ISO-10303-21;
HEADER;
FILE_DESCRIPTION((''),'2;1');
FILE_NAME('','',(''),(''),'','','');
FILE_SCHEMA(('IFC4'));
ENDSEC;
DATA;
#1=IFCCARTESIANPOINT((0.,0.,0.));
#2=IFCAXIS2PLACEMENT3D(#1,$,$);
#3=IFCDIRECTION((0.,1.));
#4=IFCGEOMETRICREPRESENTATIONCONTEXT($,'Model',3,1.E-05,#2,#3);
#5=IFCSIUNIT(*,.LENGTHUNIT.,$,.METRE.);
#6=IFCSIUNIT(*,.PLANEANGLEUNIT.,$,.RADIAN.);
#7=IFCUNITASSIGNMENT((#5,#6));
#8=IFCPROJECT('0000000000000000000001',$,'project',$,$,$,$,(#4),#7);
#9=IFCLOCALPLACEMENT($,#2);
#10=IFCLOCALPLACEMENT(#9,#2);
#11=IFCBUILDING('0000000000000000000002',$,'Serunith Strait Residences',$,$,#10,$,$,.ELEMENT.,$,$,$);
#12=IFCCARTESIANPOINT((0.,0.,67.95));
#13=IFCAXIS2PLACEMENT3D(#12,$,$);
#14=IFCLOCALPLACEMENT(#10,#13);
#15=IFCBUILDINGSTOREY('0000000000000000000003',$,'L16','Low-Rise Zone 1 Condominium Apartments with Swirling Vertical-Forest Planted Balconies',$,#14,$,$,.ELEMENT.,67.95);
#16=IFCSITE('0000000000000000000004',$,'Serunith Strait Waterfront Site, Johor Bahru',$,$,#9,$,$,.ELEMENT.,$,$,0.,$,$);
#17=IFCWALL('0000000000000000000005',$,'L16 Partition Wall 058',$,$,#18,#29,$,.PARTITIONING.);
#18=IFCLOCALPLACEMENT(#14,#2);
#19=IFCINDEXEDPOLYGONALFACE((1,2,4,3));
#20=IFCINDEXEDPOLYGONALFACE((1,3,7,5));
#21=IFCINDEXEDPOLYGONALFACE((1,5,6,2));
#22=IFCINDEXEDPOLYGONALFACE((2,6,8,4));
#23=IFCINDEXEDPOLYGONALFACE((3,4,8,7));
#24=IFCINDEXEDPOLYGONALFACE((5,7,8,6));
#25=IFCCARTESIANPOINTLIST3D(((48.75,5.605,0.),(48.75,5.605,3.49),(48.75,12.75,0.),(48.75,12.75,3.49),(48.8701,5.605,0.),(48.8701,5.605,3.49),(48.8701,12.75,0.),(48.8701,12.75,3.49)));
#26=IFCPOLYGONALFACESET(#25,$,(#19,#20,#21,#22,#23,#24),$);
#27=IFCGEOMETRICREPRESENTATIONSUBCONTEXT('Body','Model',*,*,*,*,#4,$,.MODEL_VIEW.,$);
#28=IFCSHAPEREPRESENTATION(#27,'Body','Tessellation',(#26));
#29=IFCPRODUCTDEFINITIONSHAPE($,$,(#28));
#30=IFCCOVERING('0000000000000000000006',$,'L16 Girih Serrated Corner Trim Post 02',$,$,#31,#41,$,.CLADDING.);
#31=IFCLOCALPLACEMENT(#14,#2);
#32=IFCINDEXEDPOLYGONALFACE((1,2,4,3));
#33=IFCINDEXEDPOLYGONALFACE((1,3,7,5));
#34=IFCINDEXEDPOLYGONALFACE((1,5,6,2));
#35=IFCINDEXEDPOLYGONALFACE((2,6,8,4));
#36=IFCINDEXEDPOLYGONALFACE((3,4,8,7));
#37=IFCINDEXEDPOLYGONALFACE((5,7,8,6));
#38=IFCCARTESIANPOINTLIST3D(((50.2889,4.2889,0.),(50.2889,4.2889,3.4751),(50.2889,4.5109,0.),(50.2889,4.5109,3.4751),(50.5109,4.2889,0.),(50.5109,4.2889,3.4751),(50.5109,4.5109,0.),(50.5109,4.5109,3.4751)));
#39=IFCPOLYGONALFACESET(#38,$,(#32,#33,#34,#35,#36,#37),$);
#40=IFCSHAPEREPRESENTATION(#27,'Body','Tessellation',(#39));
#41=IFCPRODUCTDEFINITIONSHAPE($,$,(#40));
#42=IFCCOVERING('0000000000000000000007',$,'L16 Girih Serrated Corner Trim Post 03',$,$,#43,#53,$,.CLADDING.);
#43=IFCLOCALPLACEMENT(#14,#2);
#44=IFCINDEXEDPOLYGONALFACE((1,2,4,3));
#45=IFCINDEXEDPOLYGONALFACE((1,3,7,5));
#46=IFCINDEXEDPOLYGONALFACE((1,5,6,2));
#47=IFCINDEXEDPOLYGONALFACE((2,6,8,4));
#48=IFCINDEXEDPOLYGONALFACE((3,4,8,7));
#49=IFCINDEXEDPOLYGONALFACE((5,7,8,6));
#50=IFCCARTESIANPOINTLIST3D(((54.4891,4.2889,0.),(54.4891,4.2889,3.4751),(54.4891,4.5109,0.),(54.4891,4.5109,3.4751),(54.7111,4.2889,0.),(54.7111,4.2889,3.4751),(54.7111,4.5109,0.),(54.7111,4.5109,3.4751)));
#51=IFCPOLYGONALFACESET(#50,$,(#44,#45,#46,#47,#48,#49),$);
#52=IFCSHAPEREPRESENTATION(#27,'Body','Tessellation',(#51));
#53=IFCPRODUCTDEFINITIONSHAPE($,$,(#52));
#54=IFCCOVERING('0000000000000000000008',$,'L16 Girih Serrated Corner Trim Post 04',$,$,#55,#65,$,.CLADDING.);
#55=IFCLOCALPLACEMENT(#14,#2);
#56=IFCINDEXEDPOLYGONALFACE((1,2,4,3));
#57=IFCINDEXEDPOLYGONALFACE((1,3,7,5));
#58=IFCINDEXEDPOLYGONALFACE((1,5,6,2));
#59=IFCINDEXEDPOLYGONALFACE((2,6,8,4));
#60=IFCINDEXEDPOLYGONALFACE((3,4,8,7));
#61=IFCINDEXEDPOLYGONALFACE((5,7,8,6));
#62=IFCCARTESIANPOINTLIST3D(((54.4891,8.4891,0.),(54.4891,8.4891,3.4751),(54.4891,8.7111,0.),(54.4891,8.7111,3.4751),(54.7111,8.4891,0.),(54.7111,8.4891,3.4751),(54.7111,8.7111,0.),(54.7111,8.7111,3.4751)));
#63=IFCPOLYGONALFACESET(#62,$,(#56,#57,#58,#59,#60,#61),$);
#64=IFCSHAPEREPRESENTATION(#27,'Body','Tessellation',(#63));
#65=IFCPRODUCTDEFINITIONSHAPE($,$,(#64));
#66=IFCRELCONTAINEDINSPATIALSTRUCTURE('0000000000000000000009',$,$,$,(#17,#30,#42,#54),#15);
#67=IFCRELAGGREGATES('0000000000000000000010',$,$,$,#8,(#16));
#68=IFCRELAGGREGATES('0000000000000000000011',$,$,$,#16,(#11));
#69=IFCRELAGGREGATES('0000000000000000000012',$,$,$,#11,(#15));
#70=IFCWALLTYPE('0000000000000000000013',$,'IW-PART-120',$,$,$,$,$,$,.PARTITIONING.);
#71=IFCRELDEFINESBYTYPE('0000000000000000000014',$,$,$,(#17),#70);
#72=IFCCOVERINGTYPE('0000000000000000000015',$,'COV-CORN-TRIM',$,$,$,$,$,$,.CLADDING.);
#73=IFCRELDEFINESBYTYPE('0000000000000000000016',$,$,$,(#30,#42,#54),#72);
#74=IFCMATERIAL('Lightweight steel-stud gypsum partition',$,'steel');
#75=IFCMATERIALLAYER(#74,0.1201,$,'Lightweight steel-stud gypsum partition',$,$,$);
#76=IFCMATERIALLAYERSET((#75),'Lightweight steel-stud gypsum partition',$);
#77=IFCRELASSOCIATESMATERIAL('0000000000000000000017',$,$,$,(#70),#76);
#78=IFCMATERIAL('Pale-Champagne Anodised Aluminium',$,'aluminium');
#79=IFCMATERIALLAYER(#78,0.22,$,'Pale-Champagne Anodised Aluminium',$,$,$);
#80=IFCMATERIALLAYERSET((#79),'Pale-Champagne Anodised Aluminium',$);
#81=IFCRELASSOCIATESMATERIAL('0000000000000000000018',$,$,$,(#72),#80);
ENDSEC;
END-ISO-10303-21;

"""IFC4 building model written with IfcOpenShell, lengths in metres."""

from ifc_helpers import new_model, si_unit, direction, frame, frame_2d, origin, origin_2d, place, context, subcontext, project, spatial, rectangle, extrude, source, transform, mapped, material, layer, layer_set, type_object, element, save


model = new_model("IFC4")

# Units and contexts
model_context = context("Model", 3, precision=1e-05, world=origin(), true_north=direction((0.0, 1.0)))
body_context = subcontext(model_context, "Body", "Model", "MODEL_VIEW")
ifc_project = project(units=[si_unit("LENGTHUNIT", "METRE"), si_unit("PLANEANGLEUNIT", "RADIAN")], contexts=[model_context])

# Site, building, storey
site_placement = place(None, origin())
site = spatial("IfcSite", under=ifc_project, at=site_placement, Name="Serunith Strait Waterfront Site, Johor Bahru", CompositionType="ELEMENT", RefElevation=0.0)
building_placement = place(site_placement, origin())
building = spatial("IfcBuilding", under=site, at=building_placement, Name="Serunith Strait Residences", CompositionType="ELEMENT")
storey_placement = place(building_placement, frame((0.0, 0.0, 67.95)))
storey = spatial("IfcBuildingStorey", under=building, at=storey_placement, Name="L16", Description="Low-Rise Zone 1 Condominium Apartments with Swirling Vertical-Forest Planted Balconies", CompositionType="ELEMENT", Elevation=67.95)

# Shared definitions
ifc_material_1 = material(Name="Pale-Champagne Anodised Aluminium", Category="aluminium")

# Shared definitions
ifc_material_2 = material(Name="Lightweight steel-stud gypsum partition", Category="steel")
ifc_layer_1 = layer(ifc_material_2, 0.1201, Name="Lightweight steel-stud gypsum partition")
ifc_layer_set_1 = layer_set([ifc_layer_1], Name="Lightweight steel-stud gypsum partition")
wall_type_1 = type_object("IfcWallType", Name="IW-PART-120", PredefinedType="PARTITIONING", material=ifc_layer_set_1)

# Wall
wall_1_placement = place(storey_placement, frame((48.8101, 5.605, 0.0), z_axis=(0.0, 0.0, 1.0), x_axis=(0.0, 1.0, 0.0)))
element("IfcWall", 1, at=wall_1_placement, inside=storey, type_object=wall_type_1, Name="L16 Partition Wall 058", PredefinedType="PARTITIONING", context=body_context, shape_type="SweptSolid", body=[
    extrude(rectangle(XDim=7.145, YDim=0.1201, at=frame_2d((3.5725, 0.0))), origin(), (0.0, 0.0, 1.0), 3.49),
])

# Coverings
ifc_layer_2 = layer(ifc_material_1, 0.22, Name="Pale-Champagne Anodised Aluminium")
ifc_layer_set_2 = layer_set([ifc_layer_2], Name="Pale-Champagne Anodised Aluminium")
covering_type = type_object("IfcCoveringType", Name="COV-CORN-TRIM", PredefinedType="CLADDING", material=ifc_layer_set_2)
shared_shape_1 = source(origin(), body_context, "Body", "SweptSolid", [
    extrude(rectangle(XDim=0.2219, YDim=0.2219, at=origin_2d()), origin(), (0.0, 0.0, 1.0), 3.4751),
])
for number, where, z_axis, x_axis, name in (
    (2, (50.3999, 4.3999, 0.0), (0.0, 0.0, 1.0), (1.0, 0.0, 0.0), "L16 Girih Serrated Corner Trim Post 02"),
    (3, (54.6001, 4.3999, 0.0), (0.0, 0.0, 1.0), (1.0, 0.0, 0.0), "L16 Girih Serrated Corner Trim Post 03"),
    (4, (54.6001, 8.6001, 0.0), (0.0, 0.0, 1.0), (1.0, 0.0, 0.0), "L16 Girih Serrated Corner Trim Post 04"),
):
    element("IfcCovering", number, at=place(storey_placement, frame(where, z_axis=z_axis, x_axis=x_axis)), inside=storey, type_object=covering_type, Name=name, PredefinedType="CLADDING", context=body_context, shape_type="MappedRepresentation", body=[
        mapped(shared_shape_1, transform((0.0, 0.0, 0.0), scale=1.0)),
    ])

save(model, "model.ifc")
